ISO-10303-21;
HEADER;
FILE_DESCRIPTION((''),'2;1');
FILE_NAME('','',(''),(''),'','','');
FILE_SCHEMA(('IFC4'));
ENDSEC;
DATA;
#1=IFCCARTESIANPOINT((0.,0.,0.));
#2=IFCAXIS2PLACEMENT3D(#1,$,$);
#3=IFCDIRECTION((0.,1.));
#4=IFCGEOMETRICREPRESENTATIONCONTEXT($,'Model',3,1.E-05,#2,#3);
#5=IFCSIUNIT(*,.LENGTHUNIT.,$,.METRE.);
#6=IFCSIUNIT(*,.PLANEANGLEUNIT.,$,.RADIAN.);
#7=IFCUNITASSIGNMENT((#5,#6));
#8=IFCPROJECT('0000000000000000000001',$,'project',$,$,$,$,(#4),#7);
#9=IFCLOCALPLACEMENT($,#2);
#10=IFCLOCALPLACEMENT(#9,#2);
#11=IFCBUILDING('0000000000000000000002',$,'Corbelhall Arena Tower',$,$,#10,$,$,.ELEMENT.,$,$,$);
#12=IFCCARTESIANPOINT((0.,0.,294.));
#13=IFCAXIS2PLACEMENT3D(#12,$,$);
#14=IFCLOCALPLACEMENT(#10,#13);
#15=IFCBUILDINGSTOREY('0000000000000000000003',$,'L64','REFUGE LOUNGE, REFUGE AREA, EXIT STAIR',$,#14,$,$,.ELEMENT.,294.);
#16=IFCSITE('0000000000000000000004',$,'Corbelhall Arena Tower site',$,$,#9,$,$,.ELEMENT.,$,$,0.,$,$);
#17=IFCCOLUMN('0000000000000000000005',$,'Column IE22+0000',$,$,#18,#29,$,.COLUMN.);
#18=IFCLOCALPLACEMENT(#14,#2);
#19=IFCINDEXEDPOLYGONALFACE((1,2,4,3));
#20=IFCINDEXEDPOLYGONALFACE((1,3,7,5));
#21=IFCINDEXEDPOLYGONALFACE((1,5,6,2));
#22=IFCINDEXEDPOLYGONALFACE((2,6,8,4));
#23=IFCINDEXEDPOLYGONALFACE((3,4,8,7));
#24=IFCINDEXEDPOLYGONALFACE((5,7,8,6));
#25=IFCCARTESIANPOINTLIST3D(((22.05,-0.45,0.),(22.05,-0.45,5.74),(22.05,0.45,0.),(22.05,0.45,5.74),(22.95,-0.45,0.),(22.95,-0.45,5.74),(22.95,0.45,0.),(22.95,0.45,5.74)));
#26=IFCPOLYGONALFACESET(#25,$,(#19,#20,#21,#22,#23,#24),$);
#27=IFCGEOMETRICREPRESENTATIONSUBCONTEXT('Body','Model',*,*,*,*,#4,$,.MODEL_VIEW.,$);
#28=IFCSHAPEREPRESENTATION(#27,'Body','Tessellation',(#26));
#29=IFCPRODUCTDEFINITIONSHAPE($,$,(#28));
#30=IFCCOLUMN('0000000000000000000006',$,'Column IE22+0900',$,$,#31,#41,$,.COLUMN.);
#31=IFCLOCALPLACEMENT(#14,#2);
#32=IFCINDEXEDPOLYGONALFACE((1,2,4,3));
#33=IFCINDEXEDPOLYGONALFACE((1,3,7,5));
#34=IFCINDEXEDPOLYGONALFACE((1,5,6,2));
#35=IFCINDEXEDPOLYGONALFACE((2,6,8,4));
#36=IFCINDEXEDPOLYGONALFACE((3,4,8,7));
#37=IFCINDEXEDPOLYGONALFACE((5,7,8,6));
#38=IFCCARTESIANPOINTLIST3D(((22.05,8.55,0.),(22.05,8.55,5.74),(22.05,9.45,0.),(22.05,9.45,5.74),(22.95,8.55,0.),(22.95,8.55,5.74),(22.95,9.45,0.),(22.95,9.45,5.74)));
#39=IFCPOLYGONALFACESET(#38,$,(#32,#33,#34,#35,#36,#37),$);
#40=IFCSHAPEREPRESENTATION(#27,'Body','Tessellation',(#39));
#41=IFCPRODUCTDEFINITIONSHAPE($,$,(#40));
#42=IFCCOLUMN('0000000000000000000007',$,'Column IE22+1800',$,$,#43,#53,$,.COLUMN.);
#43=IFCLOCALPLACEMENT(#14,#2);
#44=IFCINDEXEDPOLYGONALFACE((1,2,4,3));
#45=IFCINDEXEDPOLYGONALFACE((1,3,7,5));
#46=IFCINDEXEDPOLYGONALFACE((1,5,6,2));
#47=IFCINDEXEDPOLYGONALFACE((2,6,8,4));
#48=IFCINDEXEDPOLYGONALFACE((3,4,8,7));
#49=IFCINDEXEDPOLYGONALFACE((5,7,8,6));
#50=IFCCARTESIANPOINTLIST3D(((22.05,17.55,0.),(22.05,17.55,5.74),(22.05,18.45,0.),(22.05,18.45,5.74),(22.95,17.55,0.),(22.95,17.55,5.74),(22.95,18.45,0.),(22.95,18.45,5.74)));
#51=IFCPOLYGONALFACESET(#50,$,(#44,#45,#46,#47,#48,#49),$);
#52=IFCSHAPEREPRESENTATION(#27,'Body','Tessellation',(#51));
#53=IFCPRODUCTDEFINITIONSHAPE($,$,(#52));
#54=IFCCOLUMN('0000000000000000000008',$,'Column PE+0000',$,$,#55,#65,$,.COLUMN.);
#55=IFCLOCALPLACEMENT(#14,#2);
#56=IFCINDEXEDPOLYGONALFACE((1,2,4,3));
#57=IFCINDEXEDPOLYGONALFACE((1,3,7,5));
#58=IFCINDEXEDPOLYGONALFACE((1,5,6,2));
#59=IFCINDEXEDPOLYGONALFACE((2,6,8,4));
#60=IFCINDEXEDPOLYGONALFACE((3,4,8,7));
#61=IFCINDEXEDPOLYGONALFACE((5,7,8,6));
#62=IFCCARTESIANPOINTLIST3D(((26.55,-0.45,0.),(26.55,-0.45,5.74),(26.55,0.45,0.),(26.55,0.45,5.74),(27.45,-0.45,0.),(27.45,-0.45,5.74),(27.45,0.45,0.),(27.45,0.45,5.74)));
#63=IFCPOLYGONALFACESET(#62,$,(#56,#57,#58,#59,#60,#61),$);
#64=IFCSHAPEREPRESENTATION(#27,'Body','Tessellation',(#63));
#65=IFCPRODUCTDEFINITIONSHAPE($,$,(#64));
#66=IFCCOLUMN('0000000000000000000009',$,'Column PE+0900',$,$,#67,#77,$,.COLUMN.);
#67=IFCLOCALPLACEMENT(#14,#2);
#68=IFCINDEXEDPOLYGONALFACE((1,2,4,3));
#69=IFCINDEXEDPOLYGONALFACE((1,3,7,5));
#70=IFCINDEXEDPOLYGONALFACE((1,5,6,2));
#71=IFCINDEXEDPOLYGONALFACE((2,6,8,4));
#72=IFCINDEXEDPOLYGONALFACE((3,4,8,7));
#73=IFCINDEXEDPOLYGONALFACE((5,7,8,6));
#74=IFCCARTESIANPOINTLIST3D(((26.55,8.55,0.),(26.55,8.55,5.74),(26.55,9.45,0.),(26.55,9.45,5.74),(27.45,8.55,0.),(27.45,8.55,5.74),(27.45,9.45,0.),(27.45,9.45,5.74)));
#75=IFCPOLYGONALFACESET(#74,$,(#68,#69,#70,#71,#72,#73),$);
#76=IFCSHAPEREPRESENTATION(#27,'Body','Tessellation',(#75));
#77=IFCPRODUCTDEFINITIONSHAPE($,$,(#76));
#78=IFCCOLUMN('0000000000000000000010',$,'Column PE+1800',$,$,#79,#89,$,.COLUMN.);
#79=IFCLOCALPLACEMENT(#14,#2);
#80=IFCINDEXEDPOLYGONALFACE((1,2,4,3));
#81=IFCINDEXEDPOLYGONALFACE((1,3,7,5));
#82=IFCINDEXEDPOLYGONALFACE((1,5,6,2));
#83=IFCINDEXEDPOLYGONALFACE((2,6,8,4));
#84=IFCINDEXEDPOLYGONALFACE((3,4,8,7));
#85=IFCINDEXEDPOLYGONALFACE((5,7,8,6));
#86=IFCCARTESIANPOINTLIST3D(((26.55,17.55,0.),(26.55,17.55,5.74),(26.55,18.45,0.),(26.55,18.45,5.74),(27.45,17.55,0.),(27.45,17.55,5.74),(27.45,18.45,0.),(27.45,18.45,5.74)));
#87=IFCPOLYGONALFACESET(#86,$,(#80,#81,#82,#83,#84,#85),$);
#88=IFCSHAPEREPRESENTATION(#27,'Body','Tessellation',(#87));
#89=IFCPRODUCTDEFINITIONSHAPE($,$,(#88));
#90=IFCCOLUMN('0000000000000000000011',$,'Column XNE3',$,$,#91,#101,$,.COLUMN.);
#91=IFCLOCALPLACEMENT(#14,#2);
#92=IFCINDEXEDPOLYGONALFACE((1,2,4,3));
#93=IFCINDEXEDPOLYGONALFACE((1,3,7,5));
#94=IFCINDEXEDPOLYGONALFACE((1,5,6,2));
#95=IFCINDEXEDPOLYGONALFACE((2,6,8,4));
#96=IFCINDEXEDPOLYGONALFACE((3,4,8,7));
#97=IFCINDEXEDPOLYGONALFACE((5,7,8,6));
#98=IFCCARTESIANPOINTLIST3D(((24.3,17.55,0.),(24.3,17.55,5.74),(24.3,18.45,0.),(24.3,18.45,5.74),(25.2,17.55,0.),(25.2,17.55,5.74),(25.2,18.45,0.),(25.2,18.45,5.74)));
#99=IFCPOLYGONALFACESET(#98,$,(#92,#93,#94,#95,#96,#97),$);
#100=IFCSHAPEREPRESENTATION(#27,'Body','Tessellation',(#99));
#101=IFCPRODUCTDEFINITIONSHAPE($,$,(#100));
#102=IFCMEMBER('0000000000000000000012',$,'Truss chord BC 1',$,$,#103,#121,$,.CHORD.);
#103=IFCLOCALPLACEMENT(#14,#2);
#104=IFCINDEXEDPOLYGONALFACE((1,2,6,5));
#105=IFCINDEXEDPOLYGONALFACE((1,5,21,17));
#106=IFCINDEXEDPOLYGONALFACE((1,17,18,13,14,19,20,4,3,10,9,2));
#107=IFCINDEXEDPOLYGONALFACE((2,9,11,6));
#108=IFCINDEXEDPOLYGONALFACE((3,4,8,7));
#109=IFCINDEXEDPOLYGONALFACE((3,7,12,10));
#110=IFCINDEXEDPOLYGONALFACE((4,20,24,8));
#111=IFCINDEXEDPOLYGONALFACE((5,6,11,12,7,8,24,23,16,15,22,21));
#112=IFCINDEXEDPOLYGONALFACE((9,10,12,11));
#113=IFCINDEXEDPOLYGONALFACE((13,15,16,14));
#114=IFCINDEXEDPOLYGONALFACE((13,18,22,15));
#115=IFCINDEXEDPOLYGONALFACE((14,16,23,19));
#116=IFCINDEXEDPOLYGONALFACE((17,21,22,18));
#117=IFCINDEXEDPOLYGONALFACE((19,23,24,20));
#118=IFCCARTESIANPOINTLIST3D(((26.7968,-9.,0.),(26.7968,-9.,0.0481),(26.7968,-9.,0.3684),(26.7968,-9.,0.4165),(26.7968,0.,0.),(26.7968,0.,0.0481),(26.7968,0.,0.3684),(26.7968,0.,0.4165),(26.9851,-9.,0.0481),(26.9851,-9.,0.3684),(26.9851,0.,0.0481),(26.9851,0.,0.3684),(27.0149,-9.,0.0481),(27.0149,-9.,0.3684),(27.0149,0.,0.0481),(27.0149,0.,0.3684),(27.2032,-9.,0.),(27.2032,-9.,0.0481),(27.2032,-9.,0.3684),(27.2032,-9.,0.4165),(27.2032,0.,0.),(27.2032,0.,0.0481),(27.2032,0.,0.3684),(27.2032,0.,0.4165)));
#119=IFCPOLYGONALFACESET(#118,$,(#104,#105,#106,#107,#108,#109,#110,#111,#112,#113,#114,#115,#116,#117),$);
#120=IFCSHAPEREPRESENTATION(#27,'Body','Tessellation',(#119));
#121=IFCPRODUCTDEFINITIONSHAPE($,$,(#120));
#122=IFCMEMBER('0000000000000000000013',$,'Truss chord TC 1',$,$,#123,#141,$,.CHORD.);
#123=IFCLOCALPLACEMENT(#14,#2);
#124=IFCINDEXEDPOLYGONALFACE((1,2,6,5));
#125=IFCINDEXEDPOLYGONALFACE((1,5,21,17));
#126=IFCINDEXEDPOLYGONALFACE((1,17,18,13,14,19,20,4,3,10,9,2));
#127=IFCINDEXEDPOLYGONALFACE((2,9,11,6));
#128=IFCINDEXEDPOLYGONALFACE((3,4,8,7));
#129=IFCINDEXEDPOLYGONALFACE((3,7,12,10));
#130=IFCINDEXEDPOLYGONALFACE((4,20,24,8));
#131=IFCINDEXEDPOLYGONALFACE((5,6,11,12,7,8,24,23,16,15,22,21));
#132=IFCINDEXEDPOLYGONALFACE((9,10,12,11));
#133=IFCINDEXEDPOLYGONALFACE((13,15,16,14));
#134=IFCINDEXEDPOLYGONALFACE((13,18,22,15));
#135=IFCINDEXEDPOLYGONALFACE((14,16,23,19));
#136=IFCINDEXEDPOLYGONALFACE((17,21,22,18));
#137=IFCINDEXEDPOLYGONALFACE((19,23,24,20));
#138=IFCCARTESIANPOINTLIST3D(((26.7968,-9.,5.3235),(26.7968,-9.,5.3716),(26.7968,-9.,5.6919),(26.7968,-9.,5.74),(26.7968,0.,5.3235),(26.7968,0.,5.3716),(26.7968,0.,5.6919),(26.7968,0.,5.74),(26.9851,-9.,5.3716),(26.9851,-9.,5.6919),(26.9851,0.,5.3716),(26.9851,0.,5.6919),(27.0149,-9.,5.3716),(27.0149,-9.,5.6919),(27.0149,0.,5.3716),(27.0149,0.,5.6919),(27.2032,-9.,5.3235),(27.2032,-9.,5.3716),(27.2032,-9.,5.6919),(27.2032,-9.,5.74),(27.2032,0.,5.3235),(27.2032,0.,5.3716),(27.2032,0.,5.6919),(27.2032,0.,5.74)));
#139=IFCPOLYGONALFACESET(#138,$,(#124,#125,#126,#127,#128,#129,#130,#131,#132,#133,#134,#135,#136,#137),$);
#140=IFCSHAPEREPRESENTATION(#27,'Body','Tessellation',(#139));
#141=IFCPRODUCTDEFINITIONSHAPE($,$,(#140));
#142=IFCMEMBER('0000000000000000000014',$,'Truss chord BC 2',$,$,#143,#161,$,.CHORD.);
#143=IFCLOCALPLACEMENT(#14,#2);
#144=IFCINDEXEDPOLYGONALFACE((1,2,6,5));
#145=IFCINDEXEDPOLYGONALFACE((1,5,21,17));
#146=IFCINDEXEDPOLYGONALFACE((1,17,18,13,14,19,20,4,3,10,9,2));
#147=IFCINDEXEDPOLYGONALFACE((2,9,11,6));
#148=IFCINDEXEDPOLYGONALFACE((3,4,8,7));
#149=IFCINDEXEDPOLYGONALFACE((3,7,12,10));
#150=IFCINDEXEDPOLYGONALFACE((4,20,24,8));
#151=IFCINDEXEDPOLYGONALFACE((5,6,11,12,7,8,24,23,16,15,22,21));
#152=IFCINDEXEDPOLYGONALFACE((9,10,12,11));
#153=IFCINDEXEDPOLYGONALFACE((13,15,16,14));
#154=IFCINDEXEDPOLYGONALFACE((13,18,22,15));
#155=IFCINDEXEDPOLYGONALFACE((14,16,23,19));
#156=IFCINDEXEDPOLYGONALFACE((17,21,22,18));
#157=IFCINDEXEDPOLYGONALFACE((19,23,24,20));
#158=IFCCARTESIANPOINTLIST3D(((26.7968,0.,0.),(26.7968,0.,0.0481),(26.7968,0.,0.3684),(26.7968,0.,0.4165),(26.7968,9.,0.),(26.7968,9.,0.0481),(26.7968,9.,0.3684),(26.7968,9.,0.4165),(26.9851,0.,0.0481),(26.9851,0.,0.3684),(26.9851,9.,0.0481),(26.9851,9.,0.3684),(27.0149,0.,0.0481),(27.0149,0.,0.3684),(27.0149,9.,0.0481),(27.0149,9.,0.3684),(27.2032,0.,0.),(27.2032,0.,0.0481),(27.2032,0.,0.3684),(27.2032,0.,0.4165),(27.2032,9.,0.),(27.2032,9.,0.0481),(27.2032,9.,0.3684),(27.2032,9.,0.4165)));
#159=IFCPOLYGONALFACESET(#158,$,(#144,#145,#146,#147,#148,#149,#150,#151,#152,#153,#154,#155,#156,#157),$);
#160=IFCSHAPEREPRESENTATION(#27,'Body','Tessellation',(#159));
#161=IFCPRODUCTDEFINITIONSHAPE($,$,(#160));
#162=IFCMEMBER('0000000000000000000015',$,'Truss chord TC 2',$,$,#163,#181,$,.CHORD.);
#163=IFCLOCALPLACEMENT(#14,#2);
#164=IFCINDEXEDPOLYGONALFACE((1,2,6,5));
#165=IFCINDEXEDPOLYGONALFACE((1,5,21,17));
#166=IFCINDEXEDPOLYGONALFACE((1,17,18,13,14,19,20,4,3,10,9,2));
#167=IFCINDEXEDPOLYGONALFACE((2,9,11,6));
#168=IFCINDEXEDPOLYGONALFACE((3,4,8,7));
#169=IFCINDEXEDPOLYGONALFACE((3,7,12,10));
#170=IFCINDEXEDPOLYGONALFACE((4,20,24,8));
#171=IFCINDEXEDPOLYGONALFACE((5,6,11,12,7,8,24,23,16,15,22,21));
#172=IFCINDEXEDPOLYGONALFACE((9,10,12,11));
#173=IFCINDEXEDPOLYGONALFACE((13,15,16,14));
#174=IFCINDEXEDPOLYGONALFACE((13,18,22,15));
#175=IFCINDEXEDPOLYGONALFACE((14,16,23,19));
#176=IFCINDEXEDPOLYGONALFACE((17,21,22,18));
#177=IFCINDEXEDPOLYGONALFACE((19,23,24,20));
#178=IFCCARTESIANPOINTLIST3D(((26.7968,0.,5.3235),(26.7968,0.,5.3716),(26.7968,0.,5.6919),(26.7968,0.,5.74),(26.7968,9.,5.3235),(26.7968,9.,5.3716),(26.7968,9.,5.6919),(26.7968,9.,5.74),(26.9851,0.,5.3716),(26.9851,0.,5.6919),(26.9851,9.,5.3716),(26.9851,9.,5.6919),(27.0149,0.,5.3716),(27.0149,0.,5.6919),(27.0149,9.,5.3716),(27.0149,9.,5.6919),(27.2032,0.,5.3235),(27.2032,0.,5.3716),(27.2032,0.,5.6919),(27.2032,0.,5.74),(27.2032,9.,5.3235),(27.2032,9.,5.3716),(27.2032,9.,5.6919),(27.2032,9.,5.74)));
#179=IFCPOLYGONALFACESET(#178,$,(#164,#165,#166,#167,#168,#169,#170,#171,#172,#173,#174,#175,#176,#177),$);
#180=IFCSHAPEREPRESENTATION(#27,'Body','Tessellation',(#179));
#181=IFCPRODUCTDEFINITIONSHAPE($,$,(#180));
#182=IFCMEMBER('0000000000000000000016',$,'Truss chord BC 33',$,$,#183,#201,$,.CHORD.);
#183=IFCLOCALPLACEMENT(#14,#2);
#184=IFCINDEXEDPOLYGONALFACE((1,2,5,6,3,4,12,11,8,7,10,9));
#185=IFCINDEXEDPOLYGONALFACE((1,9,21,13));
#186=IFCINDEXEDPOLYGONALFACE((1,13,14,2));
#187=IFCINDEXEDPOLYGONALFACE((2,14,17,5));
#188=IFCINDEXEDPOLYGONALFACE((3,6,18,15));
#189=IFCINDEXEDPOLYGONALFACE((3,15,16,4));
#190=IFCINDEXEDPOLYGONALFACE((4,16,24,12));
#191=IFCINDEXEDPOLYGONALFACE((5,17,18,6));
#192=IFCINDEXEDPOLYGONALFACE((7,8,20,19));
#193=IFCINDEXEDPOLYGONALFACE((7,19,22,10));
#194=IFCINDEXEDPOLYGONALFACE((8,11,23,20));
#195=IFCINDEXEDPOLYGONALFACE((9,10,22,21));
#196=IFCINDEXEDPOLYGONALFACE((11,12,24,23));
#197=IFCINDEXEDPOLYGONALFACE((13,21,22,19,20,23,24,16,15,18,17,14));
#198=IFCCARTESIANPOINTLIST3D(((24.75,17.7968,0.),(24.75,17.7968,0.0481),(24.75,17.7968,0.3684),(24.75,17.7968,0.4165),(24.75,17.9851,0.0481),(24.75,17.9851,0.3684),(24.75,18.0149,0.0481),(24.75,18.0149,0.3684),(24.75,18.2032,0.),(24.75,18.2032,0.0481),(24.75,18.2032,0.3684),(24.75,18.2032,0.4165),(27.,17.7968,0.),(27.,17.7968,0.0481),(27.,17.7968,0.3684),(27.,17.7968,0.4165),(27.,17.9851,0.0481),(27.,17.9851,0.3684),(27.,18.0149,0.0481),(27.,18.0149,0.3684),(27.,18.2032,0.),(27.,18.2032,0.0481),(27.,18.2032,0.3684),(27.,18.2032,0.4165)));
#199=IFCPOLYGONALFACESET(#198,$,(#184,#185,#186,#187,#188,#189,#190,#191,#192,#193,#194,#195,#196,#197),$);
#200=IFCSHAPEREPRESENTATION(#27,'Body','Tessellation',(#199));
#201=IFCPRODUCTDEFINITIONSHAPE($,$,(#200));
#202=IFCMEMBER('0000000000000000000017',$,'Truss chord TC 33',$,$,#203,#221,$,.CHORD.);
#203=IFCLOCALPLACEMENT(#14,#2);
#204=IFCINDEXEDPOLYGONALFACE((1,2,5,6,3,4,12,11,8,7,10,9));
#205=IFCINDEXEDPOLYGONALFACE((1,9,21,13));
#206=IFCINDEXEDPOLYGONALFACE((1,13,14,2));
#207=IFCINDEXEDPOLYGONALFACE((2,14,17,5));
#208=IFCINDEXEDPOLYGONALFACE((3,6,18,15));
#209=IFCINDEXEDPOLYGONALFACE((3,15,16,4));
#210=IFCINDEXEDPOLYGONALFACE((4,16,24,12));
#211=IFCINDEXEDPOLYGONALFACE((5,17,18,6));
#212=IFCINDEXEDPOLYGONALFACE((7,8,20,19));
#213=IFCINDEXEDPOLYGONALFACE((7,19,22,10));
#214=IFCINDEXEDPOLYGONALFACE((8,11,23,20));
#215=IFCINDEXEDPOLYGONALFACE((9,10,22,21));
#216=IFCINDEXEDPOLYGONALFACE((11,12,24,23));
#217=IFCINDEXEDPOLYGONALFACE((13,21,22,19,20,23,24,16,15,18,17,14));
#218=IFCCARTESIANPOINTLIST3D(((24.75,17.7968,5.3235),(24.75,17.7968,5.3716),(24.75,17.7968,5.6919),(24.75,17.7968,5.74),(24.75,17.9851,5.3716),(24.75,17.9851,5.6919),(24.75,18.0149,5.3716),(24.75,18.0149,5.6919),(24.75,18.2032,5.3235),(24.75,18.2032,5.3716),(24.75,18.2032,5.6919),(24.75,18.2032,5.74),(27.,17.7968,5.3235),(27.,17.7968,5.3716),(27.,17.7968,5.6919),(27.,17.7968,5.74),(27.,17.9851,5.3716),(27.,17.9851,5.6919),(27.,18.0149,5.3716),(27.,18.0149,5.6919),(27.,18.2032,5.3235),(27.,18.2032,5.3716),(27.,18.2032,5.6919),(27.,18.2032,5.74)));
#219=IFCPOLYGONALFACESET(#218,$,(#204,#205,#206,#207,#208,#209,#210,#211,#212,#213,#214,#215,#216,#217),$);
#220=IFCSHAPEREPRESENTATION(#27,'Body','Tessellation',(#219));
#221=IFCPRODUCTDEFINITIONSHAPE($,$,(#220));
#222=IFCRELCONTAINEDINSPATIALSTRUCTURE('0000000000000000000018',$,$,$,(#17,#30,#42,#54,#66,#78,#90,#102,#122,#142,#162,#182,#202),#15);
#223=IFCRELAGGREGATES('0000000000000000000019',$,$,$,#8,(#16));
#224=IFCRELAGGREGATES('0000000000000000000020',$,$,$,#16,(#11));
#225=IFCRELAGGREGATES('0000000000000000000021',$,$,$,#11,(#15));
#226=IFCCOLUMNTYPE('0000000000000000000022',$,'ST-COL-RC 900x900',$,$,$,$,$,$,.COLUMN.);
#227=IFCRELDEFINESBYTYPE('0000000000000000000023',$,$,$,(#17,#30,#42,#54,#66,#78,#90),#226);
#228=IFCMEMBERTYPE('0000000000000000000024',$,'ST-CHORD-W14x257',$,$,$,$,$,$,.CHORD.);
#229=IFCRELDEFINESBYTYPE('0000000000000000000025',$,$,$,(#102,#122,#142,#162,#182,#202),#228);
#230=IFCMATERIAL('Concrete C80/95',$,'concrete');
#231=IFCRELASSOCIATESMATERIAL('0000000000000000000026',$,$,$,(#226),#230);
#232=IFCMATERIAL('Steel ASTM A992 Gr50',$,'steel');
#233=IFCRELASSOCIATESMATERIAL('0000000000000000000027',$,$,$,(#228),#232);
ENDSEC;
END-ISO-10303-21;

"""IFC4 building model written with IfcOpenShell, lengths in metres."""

from ifc_helpers import new_model, si_unit, direction, frame, origin, origin_2d, place, context, subcontext, project, spatial, rectangle, i_section, extrude, material, material_profile, profile_set, type_object, element, save


model = new_model("IFC4")

# Units and contexts
model_context = context("Model", 3, precision=1e-05, world=origin(), true_north=direction((0.0, 1.0)))
body_context = subcontext(model_context, "Body", "Model", "MODEL_VIEW")
ifc_project = project(units=[si_unit("LENGTHUNIT", "METRE"), si_unit("PLANEANGLEUNIT", "RADIAN")], contexts=[model_context])

# Site, building, storey
site_placement = place(None, origin())
site = spatial("IfcSite", under=ifc_project, at=site_placement, Name="Corbelhall Arena Tower site", CompositionType="ELEMENT", RefElevation=0.0)
building_placement = place(site_placement, origin())
building = spatial("IfcBuilding", under=site, at=building_placement, Name="Corbelhall Arena Tower", CompositionType="ELEMENT")
storey_placement = place(building_placement, frame((0.0, 0.0, 294.0)))
storey = spatial("IfcBuildingStorey", under=building, at=storey_placement, Name="L64", Description="REFUGE LOUNGE, REFUGE AREA, EXIT STAIR", CompositionType="ELEMENT", Elevation=294.0)

# Columns
ifc_material_1 = material(Name="Concrete C80/95", Category="concrete")
ifc_material_profile_1 = material_profile(ifc_material_1, rectangle(XDim=0.8999, YDim=0.8999, at=origin_2d()))
ifc_profile_set_1 = profile_set([ifc_material_profile_1], Name="Concrete C80/95")
column_type = type_object("IfcColumnType", Name="ST-COL-RC 900x900", PredefinedType="COLUMN", material=ifc_profile_set_1)
for number, where, z_axis, x_axis, name in (
    (1, (22.5, 0.0, 0.0), (0.0, 0.0, 1.0), (1.0, 0.0, 0.0), "Column IE22+0000"),
    (2, (22.5, 9.0, 0.0), (0.0, 0.0, 1.0), (1.0, 0.0, 0.0), "Column IE22+0900"),
    (3, (22.5, 18.0, 0.0), (0.0, 0.0, 1.0), (1.0, 0.0, 0.0), "Column IE22+1800"),
    (4, (27.0, 0.0, 0.0), (0.0, 0.0, 1.0), (0.0, 1.0, 0.0), "Column PE+0000"),
    (5, (27.0, 9.0, 0.0), (0.0, 0.0, 1.0), (0.0, 1.0, 0.0), "Column PE+0900"),
    (6, (27.0, 18.0, 0.0), (0.0, 0.0, 1.0), (0.0, 1.0, 0.0), "Column PE+1800"),
    (7, (24.75, 18.0, 0.0), (0.0, 0.0, 1.0), (1.0, 0.0, 0.0), "Column XNE3"),
):
    element("IfcColumn", number, at=place(storey_placement, frame(where, z_axis=z_axis, x_axis=x_axis)), inside=storey, type_object=column_type, Name=name, PredefinedType="COLUMN", context=body_context, shape_type="SweptSolid", body=[
        extrude(rectangle(XDim=0.8999, YDim=0.8999, at=origin_2d()), origin(), (0.0, 0.0, 1.0), 5.74),
    ])

# Members
ifc_material_2 = material(Name="Steel ASTM A992 Gr50", Category="steel")
ifc_material_profile_2 = material_profile(ifc_material_2, i_section(OverallWidth=0.4065, OverallDepth=0.4165, WebThickness=0.0298, FlangeThickness=0.0481, at=origin_2d()))
ifc_profile_set_2 = profile_set([ifc_material_profile_2], Name="Steel ASTM A992 Gr50")
member_type_1 = type_object("IfcMemberType", Name="ST-CHORD-W14x257", PredefinedType="CHORD", material=ifc_profile_set_2)
for number, where, z_axis, x_axis, name in (
    (8, (27.0, 0.0, 0.2083), (0.0, -1.0, 0.0), (1.0, 0.0, 0.0), "Truss chord BC 1"),
    (9, (27.0, 0.0, 5.5317), (0.0, -1.0, 0.0), (1.0, 0.0, 0.0), "Truss chord TC 1"),
    (10, (27.0, 9.0, 0.2083), (0.0, -1.0, 0.0), (1.0, 0.0, 0.0), "Truss chord BC 2"),
    (11, (27.0, 9.0, 5.5317), (0.0, -1.0, 0.0), (1.0, 0.0, 0.0), "Truss chord TC 2"),
):
    element("IfcMember", number, at=place(storey_placement, frame(where, z_axis=z_axis, x_axis=x_axis)), inside=storey, type_object=member_type_1, Name=name, PredefinedType="CHORD", context=body_context, shape_type="SweptSolid", body=[
        extrude(i_section(OverallWidth=0.4065, OverallDepth=0.4165, WebThickness=0.0298, FlangeThickness=0.0481, at=origin_2d()), origin(), (0.0, 0.0, 1.0), 9.0),
    ])
for number, where, z_axis, x_axis, name in (
    (12, (24.75, 18.0, 0.2083), (1.0, 0.0, 0.0), (0.0, 1.0, 0.0), "Truss chord BC 33"),
    (13, (24.75, 18.0, 5.5317), (1.0, 0.0, 0.0), (0.0, 1.0, 0.0), "Truss chord TC 33"),
):
    element("IfcMember", number, at=place(storey_placement, frame(where, z_axis=z_axis, x_axis=x_axis)), inside=storey, type_object=member_type_1, Name=name, PredefinedType="CHORD", context=body_context, shape_type="SweptSolid", body=[
        extrude(i_section(OverallWidth=0.4065, OverallDepth=0.4165, WebThickness=0.0298, FlangeThickness=0.0481, at=origin_2d()), origin(), (0.0, 0.0, 1.0), 2.25),
    ])

save(model, "model.ifc")
